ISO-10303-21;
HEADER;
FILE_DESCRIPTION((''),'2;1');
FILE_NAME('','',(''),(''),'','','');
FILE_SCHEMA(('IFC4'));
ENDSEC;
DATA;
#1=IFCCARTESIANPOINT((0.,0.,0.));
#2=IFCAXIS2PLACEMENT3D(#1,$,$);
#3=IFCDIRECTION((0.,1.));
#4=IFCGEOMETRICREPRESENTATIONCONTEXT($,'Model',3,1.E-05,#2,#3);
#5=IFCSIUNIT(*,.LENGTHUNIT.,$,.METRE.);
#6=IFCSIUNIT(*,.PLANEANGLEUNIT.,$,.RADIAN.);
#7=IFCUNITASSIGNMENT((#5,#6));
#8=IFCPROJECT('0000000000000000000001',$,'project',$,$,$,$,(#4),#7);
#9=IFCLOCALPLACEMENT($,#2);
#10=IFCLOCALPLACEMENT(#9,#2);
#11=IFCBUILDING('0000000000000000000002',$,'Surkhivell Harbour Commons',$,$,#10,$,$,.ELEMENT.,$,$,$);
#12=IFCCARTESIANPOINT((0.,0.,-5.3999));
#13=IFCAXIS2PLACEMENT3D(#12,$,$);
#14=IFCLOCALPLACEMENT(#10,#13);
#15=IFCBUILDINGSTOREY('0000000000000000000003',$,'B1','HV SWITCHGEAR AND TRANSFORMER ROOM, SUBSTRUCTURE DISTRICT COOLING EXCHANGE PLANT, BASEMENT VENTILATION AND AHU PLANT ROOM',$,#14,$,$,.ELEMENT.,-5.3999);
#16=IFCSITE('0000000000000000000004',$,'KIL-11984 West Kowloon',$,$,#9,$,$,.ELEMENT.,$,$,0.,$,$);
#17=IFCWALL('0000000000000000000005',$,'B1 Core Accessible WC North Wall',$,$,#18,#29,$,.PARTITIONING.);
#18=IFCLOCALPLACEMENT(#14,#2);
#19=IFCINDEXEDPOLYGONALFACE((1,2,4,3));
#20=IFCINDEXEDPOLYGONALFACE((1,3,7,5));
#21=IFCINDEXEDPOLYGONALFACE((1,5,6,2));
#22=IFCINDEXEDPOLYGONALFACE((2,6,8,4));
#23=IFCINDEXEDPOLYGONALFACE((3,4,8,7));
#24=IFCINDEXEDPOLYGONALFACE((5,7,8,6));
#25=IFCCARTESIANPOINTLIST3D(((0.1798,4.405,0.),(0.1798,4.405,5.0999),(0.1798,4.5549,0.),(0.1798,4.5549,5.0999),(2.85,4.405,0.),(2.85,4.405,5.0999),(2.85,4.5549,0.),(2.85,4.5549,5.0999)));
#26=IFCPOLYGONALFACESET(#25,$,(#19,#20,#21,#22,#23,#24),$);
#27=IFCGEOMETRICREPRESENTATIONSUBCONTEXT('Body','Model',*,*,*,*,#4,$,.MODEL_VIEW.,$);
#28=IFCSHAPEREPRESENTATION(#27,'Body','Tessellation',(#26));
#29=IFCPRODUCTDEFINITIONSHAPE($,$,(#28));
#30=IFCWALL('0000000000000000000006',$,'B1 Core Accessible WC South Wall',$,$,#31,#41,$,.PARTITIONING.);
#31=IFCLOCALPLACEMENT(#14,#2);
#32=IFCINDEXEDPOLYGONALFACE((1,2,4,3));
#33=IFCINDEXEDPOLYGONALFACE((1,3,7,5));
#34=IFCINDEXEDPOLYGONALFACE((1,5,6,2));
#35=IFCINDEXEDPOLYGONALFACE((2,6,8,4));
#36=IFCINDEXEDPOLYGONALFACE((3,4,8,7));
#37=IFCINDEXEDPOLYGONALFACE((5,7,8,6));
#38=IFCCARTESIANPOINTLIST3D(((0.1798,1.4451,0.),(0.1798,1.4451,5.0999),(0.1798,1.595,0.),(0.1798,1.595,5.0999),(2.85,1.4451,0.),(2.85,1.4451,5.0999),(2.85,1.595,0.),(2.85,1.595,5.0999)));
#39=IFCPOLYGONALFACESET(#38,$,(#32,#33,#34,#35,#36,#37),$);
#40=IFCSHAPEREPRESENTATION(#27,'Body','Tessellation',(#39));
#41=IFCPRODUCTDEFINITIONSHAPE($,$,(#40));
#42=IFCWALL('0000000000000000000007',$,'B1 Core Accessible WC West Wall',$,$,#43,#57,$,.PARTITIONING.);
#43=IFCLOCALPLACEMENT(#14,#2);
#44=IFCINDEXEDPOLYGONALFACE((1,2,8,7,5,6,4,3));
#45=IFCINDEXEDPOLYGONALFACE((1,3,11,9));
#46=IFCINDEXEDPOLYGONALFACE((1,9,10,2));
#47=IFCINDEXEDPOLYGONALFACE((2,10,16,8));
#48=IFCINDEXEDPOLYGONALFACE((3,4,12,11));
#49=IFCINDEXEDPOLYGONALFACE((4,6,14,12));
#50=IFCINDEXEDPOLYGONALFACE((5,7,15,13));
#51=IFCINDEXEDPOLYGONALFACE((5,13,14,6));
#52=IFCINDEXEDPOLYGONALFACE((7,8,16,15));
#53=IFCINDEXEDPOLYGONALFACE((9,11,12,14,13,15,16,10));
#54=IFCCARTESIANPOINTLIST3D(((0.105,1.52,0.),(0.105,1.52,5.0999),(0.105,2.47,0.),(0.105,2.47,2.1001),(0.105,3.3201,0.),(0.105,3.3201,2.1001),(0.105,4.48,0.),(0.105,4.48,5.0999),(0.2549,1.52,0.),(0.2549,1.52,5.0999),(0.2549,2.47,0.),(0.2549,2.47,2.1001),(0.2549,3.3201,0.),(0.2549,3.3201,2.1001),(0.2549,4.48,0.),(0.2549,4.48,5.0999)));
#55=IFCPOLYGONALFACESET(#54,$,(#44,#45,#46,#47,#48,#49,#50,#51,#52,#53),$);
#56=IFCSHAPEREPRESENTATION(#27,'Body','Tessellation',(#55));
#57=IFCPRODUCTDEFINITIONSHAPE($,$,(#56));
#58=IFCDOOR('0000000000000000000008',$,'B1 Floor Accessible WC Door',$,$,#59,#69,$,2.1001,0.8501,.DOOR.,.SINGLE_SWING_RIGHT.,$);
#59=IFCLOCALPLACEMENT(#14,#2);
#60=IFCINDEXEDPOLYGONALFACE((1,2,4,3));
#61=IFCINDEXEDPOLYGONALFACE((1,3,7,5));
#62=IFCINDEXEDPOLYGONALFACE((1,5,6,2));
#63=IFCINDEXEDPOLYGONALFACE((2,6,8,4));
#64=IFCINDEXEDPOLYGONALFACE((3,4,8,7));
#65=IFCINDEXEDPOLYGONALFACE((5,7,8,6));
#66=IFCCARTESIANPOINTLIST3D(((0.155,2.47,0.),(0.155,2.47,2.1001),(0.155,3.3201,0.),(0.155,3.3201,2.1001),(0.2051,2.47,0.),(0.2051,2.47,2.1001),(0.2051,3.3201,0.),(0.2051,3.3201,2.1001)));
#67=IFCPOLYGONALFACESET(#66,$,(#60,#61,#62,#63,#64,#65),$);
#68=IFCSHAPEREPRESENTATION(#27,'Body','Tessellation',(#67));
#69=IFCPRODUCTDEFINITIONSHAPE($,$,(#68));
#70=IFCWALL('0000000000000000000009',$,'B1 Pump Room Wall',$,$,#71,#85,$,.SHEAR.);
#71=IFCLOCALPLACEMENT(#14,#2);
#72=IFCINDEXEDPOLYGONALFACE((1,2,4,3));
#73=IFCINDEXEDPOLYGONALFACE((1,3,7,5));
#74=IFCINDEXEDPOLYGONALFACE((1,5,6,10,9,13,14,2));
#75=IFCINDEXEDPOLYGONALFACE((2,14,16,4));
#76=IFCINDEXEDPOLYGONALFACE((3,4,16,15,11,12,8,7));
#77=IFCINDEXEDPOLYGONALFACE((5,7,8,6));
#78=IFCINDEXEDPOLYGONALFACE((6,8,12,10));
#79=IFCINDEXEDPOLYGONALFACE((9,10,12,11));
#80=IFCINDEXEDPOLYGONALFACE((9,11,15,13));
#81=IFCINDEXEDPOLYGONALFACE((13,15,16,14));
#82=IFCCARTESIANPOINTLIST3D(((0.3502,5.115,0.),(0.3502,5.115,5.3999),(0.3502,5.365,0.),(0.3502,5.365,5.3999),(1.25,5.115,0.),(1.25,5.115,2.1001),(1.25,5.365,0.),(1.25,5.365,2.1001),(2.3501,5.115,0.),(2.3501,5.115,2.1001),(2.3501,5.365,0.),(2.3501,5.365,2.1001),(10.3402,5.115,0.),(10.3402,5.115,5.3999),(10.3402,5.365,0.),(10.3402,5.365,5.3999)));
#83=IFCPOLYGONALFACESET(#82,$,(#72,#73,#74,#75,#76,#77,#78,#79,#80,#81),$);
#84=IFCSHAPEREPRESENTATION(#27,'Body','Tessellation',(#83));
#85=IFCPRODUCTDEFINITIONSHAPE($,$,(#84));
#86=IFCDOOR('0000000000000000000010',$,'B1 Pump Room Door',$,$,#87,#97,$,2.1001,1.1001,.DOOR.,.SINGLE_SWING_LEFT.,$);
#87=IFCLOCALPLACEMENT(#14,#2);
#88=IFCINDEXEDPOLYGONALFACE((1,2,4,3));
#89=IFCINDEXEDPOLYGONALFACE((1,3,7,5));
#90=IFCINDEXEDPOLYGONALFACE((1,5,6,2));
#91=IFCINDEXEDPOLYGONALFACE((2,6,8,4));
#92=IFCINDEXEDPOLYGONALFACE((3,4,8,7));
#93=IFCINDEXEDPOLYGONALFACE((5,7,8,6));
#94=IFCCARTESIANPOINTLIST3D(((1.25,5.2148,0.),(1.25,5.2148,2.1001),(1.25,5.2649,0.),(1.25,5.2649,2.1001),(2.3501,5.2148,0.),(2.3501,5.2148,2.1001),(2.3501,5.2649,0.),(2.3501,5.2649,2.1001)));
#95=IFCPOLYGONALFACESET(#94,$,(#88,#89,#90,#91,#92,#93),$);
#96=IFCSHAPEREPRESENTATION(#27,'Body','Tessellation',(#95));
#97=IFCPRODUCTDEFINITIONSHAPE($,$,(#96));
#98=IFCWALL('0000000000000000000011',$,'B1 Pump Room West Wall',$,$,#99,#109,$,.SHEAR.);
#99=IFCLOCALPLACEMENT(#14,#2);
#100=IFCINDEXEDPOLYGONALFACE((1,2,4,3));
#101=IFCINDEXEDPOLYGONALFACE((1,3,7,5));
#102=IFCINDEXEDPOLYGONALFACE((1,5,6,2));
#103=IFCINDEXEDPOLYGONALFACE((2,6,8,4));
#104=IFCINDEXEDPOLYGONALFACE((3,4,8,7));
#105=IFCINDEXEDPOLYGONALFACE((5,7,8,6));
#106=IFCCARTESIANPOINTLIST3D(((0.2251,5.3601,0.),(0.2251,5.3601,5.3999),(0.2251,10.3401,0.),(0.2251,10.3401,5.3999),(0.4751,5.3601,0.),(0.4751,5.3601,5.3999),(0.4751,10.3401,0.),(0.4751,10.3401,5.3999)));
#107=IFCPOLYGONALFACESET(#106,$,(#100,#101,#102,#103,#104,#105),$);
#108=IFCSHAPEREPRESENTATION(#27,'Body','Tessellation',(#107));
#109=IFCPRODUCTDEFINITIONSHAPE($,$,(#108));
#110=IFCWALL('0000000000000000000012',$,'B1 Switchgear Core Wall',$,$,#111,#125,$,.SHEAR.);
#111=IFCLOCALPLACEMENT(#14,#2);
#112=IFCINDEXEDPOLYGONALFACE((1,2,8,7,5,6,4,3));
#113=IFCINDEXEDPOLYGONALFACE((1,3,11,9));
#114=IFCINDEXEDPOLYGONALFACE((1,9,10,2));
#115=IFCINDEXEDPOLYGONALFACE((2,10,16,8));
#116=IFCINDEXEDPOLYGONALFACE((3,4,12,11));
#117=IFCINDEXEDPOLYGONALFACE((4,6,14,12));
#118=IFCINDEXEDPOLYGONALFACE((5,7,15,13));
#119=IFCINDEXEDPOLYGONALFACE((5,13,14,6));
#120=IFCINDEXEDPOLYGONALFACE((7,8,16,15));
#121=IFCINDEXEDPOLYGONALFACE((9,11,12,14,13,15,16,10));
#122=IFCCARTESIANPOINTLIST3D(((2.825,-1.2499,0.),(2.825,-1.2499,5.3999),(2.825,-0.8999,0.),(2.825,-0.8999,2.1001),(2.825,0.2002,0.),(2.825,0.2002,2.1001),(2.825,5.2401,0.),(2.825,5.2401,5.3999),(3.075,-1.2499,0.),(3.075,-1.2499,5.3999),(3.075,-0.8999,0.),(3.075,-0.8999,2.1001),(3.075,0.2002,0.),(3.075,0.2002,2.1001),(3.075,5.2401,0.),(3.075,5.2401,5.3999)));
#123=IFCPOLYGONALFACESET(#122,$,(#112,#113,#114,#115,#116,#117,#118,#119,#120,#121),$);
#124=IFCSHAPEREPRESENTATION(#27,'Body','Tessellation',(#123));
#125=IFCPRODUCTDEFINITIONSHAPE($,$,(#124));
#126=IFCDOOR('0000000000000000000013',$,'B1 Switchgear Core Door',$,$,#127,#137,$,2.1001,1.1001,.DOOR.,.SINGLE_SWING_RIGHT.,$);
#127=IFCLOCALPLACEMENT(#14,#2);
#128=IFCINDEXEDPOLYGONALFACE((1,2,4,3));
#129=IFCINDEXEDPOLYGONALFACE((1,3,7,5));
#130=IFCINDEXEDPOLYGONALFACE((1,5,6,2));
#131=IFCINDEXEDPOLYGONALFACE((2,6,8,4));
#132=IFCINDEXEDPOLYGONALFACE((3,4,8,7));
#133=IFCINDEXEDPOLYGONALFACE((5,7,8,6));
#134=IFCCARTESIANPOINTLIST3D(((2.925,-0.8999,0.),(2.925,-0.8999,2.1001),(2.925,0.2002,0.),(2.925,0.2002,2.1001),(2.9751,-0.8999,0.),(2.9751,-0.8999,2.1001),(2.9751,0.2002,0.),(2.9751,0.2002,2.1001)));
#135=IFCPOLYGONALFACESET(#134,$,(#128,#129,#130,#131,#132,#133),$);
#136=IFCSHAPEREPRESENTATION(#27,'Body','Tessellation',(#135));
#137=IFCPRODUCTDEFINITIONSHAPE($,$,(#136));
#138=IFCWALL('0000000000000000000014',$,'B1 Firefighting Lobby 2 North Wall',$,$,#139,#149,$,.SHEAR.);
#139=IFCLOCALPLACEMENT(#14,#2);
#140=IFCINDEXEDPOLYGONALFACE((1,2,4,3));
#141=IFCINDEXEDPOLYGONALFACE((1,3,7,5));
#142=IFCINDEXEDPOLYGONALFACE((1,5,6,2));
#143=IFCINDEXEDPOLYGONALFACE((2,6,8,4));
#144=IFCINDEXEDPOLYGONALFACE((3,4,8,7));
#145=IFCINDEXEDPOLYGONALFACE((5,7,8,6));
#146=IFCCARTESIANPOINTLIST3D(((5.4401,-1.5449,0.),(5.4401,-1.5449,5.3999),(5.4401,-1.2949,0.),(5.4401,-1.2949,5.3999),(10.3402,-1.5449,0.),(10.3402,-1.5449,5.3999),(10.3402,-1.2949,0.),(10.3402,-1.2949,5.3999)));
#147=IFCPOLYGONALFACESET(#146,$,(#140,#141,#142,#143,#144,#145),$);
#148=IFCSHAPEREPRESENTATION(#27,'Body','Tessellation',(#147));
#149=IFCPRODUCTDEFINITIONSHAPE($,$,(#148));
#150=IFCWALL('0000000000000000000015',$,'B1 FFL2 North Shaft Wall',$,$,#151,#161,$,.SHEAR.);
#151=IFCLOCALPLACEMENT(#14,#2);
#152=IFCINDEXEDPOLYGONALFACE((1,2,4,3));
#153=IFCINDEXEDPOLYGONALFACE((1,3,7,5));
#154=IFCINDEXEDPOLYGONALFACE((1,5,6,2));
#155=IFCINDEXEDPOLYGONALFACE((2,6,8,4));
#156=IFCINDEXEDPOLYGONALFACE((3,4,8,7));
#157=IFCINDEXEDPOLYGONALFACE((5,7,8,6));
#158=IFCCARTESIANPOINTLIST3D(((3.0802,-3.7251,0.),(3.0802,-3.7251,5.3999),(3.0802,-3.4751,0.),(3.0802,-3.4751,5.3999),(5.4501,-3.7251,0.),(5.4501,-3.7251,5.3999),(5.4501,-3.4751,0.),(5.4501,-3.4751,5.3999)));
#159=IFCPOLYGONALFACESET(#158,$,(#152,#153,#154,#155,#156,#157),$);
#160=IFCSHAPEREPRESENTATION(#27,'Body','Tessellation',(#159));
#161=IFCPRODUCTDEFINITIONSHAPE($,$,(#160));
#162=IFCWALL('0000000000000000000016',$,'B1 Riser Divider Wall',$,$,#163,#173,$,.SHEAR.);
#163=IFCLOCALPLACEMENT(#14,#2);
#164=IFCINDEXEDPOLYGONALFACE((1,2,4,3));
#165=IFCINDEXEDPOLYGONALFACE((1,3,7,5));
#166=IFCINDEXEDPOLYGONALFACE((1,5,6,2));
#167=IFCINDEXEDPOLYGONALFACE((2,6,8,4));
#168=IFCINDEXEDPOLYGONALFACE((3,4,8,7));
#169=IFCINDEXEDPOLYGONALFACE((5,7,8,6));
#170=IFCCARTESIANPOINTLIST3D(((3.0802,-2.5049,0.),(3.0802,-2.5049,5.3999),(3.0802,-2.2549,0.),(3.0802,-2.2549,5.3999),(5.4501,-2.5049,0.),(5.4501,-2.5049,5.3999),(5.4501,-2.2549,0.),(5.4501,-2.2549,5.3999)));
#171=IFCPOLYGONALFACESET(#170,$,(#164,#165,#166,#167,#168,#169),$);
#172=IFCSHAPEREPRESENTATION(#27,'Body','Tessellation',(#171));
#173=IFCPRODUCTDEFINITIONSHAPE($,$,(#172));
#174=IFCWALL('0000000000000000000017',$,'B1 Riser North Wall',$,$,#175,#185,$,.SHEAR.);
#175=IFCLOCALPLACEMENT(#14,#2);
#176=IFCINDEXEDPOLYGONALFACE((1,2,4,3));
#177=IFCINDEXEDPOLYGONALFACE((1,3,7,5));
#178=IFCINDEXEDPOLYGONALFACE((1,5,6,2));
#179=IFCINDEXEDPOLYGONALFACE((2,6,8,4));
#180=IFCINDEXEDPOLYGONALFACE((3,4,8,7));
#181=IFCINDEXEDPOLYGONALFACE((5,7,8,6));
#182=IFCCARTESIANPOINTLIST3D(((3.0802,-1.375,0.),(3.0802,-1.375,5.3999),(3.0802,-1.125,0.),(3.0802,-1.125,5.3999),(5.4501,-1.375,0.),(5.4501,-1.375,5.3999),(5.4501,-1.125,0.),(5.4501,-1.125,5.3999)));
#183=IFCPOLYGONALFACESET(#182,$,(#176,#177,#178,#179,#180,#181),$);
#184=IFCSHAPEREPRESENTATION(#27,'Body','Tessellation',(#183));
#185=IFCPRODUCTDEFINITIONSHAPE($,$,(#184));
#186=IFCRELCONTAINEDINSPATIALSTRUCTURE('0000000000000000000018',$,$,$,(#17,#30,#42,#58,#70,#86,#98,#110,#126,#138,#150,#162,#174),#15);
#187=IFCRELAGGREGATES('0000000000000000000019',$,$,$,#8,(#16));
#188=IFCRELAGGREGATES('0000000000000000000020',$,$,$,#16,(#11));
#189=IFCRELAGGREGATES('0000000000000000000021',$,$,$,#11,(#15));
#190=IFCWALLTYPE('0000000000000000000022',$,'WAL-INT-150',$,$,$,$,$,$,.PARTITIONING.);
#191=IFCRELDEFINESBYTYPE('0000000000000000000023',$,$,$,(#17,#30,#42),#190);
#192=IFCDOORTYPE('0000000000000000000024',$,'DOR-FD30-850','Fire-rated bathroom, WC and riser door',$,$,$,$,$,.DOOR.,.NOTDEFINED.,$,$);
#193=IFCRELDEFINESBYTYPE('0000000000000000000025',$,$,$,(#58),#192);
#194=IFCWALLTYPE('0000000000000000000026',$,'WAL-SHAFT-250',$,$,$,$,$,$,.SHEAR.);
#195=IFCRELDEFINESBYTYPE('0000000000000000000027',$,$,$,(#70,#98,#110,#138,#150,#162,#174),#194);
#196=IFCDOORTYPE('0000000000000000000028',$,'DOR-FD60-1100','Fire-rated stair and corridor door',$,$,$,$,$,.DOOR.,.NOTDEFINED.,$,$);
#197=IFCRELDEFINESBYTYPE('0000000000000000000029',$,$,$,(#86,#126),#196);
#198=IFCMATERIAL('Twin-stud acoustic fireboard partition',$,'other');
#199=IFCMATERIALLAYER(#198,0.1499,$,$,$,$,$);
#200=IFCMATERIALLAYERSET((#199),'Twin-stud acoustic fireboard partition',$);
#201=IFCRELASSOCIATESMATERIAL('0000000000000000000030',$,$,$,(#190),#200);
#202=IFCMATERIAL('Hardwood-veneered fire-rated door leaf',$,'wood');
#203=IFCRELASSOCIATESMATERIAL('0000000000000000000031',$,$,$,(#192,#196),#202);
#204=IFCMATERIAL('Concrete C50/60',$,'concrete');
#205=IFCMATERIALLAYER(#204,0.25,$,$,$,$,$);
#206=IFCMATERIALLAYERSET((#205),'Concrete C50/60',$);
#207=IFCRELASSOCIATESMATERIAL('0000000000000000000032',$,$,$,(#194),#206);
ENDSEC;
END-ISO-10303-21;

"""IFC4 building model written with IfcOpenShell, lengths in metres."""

from ifc_helpers import new_model, si_unit, direction, frame, frame_2d, origin, place, context, subcontext, project, spatial, rectangle, extrude, material, layer, layer_set, type_object, element, fill, save


model = new_model("IFC4")

# Units and contexts
model_context = context("Model", 3, precision=1e-05, world=origin(), true_north=direction((0.0, 1.0)))
body_context = subcontext(model_context, "Body", "Model", "MODEL_VIEW")
ifc_project = project(units=[si_unit("LENGTHUNIT", "METRE"), si_unit("PLANEANGLEUNIT", "RADIAN")], contexts=[model_context])

# Site, building, storey
site_placement = place(None, origin())
site = spatial("IfcSite", under=ifc_project, at=site_placement, Name="KIL-11984 West Kowloon", CompositionType="ELEMENT", RefElevation=0.0)
building_placement = place(site_placement, origin())
building = spatial("IfcBuilding", under=site, at=building_placement, Name="Surkhivell Harbour Commons", CompositionType="ELEMENT")
storey_placement = place(building_placement, frame((0.0, 0.0, -5.3999)))
storey = spatial("IfcBuildingStorey", under=building, at=storey_placement, Name="B1", Description="HV SWITCHGEAR AND TRANSFORMER ROOM, SUBSTRUCTURE DISTRICT COOLING EXCHANGE PLANT, BASEMENT VENTILATION AND AHU PLANT ROOM", CompositionType="ELEMENT", Elevation=-5.3999)

# Shared definitions
ifc_material_1 = material(Name="Concrete C50/60", Category="concrete")

# Walls
ifc_material_2 = material(Name="Twin-stud acoustic fireboard partition", Category="other")
ifc_layer_1 = layer(ifc_material_2, 0.1499)
ifc_layer_set_1 = layer_set([ifc_layer_1], Name="Twin-stud acoustic fireboard partition")
wall_type_1 = type_object("IfcWallType", Name="WAL-INT-150", PredefinedType="PARTITIONING", material=ifc_layer_set_1)
for number, where, z_axis, x_axis, name in (
    (1, (0.1799, 4.48, 0.0), (0.0, 0.0, 1.0), (1.0, 0.0, 0.0), "B1 Core Accessible WC North Wall"),
    (2, (0.1799, 1.52, 0.0), (0.0, 0.0, 1.0), (1.0, 0.0, 0.0), "B1 Core Accessible WC South Wall"),
):
    element("IfcWall", number, at=place(storey_placement, frame(where, z_axis=z_axis, x_axis=x_axis)), inside=storey, type_object=wall_type_1, Name=name, PredefinedType="PARTITIONING", context=body_context, shape_type="SweptSolid", body=[
        extrude(rectangle(XDim=2.6702, YDim=0.1499, at=frame_2d((1.335, 0.0))), origin(), (0.0, 0.0, 1.0), 5.0999),
    ])

# Walls, openings, doors
wall_1_placement = place(storey_placement, frame((0.1799, 1.52, 0.0), z_axis=(0.0, 0.0, 1.0), x_axis=(0.0, 1.0, 0.0)))
wall_1 = element("IfcWall", 3, at=wall_1_placement, inside=storey, type_object=wall_type_1, Name="B1 Core Accessible WC West Wall", PredefinedType="PARTITIONING", context=body_context, shape_type="SweptSolid", body=[
    extrude(rectangle(XDim=2.96, YDim=0.1499, at=frame_2d((1.48, 0.0))), origin(), (0.0, 0.0, 1.0), 5.0999),
])
opening_1_placement = place(wall_1_placement, frame((0.95, 0.0, 0.0)))
opening_1 = element("IfcOpeningElement", 4, at=opening_1_placement, cuts=wall_1, PredefinedType="OPENING", context=body_context, shape_type="SweptSolid", body=[
    extrude(rectangle(XDim=0.8501, YDim=2.1001, at=frame_2d((0.425, 1.05))), frame((0.0, 0.085, 0.0), z_axis=(0.0, -1.0, 0.0), x_axis=(1.0, 0.0, 0.0)), (0.0, 0.0, 1.0), 0.1699),
])
ifc_material_3 = material(Name="Hardwood-veneered fire-rated door leaf", Category="wood")
door_type_1 = type_object("IfcDoorType", Name="DOR-FD30-850", Description="Fire-rated bathroom, WC and riser door", OperationType="NOTDEFINED", PredefinedType="DOOR", material=ifc_material_3)
door_1_placement = place(opening_1_placement, origin())
door_1 = element("IfcDoor", 5, at=door_1_placement, inside=storey, type_object=door_type_1, Name="B1 Floor Accessible WC Door", OperationType="SINGLE_SWING_RIGHT", OverallHeight=2.1001, OverallWidth=0.8501, PredefinedType="DOOR", context=body_context, shape_type="SweptSolid", body=[
    extrude(rectangle(XDim=0.8501, YDim=2.1001, at=frame_2d((0.425, 1.05))), frame((0.0, 0.0249, 0.0), z_axis=(0.0, -1.0, 0.0), x_axis=(1.0, 0.0, 0.0)), (0.0, 0.0, 1.0), 0.05),
])
fill(opening_1, door_1)
ifc_layer_2 = layer(ifc_material_1, 0.25)
ifc_layer_set_2 = layer_set([ifc_layer_2], Name="Concrete C50/60")
wall_type_2 = type_object("IfcWallType", Name="WAL-SHAFT-250", PredefinedType="SHEAR", material=ifc_layer_set_2)
wall_2_placement = place(storey_placement, frame((0.3501, 5.24, 0.0), z_axis=(0.0, 0.0, 1.0), x_axis=(1.0, 0.0, 0.0)))
wall_2 = element("IfcWall", 6, at=wall_2_placement, inside=storey, type_object=wall_type_2, Name="B1 Pump Room Wall", PredefinedType="SHEAR", context=body_context, shape_type="SweptSolid", body=[
    extrude(rectangle(XDim=9.99, YDim=0.25, at=frame_2d((4.9951, 0.0))), origin(), (0.0, 0.0, 1.0), 5.3999),
])
opening_2_placement = place(wall_2_placement, frame((0.8999, 0.0, 0.0)))
opening_2 = element("IfcOpeningElement", 7, at=opening_2_placement, cuts=wall_2, PredefinedType="OPENING", context=body_context, shape_type="SweptSolid", body=[
    extrude(rectangle(XDim=1.1001, YDim=2.1001, at=frame_2d((0.55, 1.05))), frame((0.0, 0.135, 0.0), z_axis=(0.0, -1.0, 0.0), x_axis=(1.0, 0.0, 0.0)), (0.0, 0.0, 1.0), 0.27),
])
door_type_2 = type_object("IfcDoorType", Name="DOR-FD60-1100", Description="Fire-rated stair and corridor door", OperationType="NOTDEFINED", PredefinedType="DOOR", material=ifc_material_3)
door_2_placement = place(opening_2_placement, origin())
door_2 = element("IfcDoor", 8, at=door_2_placement, inside=storey, type_object=door_type_2, Name="B1 Pump Room Door", OperationType="SINGLE_SWING_LEFT", OverallHeight=2.1001, OverallWidth=1.1001, PredefinedType="DOOR", context=body_context, shape_type="SweptSolid", body=[
    extrude(rectangle(XDim=1.1001, YDim=2.1001, at=frame_2d((0.55, 1.05))), frame((0.0, 0.0249, 0.0), z_axis=(0.0, -1.0, 0.0), x_axis=(1.0, 0.0, 0.0)), (0.0, 0.0, 1.0), 0.05),
])
fill(opening_2, door_2)

# Wall
wall_3_placement = place(storey_placement, frame((0.3501, 5.3601, 0.0), z_axis=(0.0, 0.0, 1.0), x_axis=(0.0, 1.0, 0.0)))
element("IfcWall", 9, at=wall_3_placement, inside=storey, type_object=wall_type_2, Name="B1 Pump Room West Wall", PredefinedType="SHEAR", context=body_context, shape_type="SweptSolid", body=[
    extrude(rectangle(XDim=4.98, YDim=0.25, at=frame_2d((2.49, 0.0))), origin(), (0.0, 0.0, 1.0), 5.3999),
])

# Wall, opening, door
wall_4_placement = place(storey_placement, frame((2.95, -1.25, 0.0), z_axis=(0.0, 0.0, 1.0), x_axis=(0.0, 1.0, 0.0)))
wall_4 = element("IfcWall", 10, at=wall_4_placement, inside=storey, type_object=wall_type_2, Name="B1 Switchgear Core Wall", PredefinedType="SHEAR", context=body_context, shape_type="SweptSolid", body=[
    extrude(rectangle(XDim=6.49, YDim=0.25, at=frame_2d((3.2451, 0.0))), origin(), (0.0, 0.0, 1.0), 5.3999),
])
opening_3_placement = place(wall_4_placement, frame((0.3501, 0.0, 0.0)))
opening_3 = element("IfcOpeningElement", 11, at=opening_3_placement, cuts=wall_4, PredefinedType="OPENING", context=body_context, shape_type="SweptSolid", body=[
    extrude(rectangle(XDim=1.1001, YDim=2.1001, at=frame_2d((0.55, 1.05))), frame((0.0, 0.135, 0.0), z_axis=(0.0, -1.0, 0.0), x_axis=(1.0, 0.0, 0.0)), (0.0, 0.0, 1.0), 0.27),
])
door_3_placement = place(opening_3_placement, origin())
door_3 = element("IfcDoor", 12, at=door_3_placement, inside=storey, type_object=door_type_2, Name="B1 Switchgear Core Door", OperationType="SINGLE_SWING_RIGHT", OverallHeight=2.1001, OverallWidth=1.1001, PredefinedType="DOOR", context=body_context, shape_type="SweptSolid", body=[
    extrude(rectangle(XDim=1.1001, YDim=2.1001, at=frame_2d((0.55, 1.05))), frame((0.0, 0.0249, 0.0), z_axis=(0.0, -1.0, 0.0), x_axis=(1.0, 0.0, 0.0)), (0.0, 0.0, 1.0), 0.05),
])
fill(opening_3, door_3)

# Walls
wall_5_placement = place(storey_placement, frame((5.4399, -1.4199, 0.0), z_axis=(0.0, 0.0, 1.0), x_axis=(1.0, 0.0, 0.0)))
element("IfcWall", 13, at=wall_5_placement, inside=storey, type_object=wall_type_2, Name="B1 Firefighting Lobby 2 North Wall", PredefinedType="SHEAR", context=body_context, shape_type="SweptSolid", body=[
    extrude(rectangle(XDim=4.9001, YDim=0.25, at=frame_2d((2.4502, 0.0))), origin(), (0.0, 0.0, 1.0), 5.3999),
])
for number, where, z_axis, x_axis, name in (
    (14, (3.0801, -3.6001, 0.0), (0.0, 0.0, 1.0), (1.0, 0.0, 0.0), "B1 FFL2 North Shaft Wall"),
    (15, (3.0801, -2.3799, 0.0), (0.0, 0.0, 1.0), (1.0, 0.0, 0.0), "B1 Riser Divider Wall"),
    (16, (3.0801, -1.25, 0.0), (0.0, 0.0, 1.0), (1.0, 0.0, 0.0), "B1 Riser North Wall"),
):
    element("IfcWall", number, at=place(storey_placement, frame(where, z_axis=z_axis, x_axis=x_axis)), inside=storey, type_object=wall_type_2, Name=name, PredefinedType="SHEAR", context=body_context, shape_type="SweptSolid", body=[
        extrude(rectangle(XDim=2.3699, YDim=0.25, at=frame_2d((1.1851, 0.0))), origin(), (0.0, 0.0, 1.0), 5.3999),
    ])

save(model, "model.ifc")
